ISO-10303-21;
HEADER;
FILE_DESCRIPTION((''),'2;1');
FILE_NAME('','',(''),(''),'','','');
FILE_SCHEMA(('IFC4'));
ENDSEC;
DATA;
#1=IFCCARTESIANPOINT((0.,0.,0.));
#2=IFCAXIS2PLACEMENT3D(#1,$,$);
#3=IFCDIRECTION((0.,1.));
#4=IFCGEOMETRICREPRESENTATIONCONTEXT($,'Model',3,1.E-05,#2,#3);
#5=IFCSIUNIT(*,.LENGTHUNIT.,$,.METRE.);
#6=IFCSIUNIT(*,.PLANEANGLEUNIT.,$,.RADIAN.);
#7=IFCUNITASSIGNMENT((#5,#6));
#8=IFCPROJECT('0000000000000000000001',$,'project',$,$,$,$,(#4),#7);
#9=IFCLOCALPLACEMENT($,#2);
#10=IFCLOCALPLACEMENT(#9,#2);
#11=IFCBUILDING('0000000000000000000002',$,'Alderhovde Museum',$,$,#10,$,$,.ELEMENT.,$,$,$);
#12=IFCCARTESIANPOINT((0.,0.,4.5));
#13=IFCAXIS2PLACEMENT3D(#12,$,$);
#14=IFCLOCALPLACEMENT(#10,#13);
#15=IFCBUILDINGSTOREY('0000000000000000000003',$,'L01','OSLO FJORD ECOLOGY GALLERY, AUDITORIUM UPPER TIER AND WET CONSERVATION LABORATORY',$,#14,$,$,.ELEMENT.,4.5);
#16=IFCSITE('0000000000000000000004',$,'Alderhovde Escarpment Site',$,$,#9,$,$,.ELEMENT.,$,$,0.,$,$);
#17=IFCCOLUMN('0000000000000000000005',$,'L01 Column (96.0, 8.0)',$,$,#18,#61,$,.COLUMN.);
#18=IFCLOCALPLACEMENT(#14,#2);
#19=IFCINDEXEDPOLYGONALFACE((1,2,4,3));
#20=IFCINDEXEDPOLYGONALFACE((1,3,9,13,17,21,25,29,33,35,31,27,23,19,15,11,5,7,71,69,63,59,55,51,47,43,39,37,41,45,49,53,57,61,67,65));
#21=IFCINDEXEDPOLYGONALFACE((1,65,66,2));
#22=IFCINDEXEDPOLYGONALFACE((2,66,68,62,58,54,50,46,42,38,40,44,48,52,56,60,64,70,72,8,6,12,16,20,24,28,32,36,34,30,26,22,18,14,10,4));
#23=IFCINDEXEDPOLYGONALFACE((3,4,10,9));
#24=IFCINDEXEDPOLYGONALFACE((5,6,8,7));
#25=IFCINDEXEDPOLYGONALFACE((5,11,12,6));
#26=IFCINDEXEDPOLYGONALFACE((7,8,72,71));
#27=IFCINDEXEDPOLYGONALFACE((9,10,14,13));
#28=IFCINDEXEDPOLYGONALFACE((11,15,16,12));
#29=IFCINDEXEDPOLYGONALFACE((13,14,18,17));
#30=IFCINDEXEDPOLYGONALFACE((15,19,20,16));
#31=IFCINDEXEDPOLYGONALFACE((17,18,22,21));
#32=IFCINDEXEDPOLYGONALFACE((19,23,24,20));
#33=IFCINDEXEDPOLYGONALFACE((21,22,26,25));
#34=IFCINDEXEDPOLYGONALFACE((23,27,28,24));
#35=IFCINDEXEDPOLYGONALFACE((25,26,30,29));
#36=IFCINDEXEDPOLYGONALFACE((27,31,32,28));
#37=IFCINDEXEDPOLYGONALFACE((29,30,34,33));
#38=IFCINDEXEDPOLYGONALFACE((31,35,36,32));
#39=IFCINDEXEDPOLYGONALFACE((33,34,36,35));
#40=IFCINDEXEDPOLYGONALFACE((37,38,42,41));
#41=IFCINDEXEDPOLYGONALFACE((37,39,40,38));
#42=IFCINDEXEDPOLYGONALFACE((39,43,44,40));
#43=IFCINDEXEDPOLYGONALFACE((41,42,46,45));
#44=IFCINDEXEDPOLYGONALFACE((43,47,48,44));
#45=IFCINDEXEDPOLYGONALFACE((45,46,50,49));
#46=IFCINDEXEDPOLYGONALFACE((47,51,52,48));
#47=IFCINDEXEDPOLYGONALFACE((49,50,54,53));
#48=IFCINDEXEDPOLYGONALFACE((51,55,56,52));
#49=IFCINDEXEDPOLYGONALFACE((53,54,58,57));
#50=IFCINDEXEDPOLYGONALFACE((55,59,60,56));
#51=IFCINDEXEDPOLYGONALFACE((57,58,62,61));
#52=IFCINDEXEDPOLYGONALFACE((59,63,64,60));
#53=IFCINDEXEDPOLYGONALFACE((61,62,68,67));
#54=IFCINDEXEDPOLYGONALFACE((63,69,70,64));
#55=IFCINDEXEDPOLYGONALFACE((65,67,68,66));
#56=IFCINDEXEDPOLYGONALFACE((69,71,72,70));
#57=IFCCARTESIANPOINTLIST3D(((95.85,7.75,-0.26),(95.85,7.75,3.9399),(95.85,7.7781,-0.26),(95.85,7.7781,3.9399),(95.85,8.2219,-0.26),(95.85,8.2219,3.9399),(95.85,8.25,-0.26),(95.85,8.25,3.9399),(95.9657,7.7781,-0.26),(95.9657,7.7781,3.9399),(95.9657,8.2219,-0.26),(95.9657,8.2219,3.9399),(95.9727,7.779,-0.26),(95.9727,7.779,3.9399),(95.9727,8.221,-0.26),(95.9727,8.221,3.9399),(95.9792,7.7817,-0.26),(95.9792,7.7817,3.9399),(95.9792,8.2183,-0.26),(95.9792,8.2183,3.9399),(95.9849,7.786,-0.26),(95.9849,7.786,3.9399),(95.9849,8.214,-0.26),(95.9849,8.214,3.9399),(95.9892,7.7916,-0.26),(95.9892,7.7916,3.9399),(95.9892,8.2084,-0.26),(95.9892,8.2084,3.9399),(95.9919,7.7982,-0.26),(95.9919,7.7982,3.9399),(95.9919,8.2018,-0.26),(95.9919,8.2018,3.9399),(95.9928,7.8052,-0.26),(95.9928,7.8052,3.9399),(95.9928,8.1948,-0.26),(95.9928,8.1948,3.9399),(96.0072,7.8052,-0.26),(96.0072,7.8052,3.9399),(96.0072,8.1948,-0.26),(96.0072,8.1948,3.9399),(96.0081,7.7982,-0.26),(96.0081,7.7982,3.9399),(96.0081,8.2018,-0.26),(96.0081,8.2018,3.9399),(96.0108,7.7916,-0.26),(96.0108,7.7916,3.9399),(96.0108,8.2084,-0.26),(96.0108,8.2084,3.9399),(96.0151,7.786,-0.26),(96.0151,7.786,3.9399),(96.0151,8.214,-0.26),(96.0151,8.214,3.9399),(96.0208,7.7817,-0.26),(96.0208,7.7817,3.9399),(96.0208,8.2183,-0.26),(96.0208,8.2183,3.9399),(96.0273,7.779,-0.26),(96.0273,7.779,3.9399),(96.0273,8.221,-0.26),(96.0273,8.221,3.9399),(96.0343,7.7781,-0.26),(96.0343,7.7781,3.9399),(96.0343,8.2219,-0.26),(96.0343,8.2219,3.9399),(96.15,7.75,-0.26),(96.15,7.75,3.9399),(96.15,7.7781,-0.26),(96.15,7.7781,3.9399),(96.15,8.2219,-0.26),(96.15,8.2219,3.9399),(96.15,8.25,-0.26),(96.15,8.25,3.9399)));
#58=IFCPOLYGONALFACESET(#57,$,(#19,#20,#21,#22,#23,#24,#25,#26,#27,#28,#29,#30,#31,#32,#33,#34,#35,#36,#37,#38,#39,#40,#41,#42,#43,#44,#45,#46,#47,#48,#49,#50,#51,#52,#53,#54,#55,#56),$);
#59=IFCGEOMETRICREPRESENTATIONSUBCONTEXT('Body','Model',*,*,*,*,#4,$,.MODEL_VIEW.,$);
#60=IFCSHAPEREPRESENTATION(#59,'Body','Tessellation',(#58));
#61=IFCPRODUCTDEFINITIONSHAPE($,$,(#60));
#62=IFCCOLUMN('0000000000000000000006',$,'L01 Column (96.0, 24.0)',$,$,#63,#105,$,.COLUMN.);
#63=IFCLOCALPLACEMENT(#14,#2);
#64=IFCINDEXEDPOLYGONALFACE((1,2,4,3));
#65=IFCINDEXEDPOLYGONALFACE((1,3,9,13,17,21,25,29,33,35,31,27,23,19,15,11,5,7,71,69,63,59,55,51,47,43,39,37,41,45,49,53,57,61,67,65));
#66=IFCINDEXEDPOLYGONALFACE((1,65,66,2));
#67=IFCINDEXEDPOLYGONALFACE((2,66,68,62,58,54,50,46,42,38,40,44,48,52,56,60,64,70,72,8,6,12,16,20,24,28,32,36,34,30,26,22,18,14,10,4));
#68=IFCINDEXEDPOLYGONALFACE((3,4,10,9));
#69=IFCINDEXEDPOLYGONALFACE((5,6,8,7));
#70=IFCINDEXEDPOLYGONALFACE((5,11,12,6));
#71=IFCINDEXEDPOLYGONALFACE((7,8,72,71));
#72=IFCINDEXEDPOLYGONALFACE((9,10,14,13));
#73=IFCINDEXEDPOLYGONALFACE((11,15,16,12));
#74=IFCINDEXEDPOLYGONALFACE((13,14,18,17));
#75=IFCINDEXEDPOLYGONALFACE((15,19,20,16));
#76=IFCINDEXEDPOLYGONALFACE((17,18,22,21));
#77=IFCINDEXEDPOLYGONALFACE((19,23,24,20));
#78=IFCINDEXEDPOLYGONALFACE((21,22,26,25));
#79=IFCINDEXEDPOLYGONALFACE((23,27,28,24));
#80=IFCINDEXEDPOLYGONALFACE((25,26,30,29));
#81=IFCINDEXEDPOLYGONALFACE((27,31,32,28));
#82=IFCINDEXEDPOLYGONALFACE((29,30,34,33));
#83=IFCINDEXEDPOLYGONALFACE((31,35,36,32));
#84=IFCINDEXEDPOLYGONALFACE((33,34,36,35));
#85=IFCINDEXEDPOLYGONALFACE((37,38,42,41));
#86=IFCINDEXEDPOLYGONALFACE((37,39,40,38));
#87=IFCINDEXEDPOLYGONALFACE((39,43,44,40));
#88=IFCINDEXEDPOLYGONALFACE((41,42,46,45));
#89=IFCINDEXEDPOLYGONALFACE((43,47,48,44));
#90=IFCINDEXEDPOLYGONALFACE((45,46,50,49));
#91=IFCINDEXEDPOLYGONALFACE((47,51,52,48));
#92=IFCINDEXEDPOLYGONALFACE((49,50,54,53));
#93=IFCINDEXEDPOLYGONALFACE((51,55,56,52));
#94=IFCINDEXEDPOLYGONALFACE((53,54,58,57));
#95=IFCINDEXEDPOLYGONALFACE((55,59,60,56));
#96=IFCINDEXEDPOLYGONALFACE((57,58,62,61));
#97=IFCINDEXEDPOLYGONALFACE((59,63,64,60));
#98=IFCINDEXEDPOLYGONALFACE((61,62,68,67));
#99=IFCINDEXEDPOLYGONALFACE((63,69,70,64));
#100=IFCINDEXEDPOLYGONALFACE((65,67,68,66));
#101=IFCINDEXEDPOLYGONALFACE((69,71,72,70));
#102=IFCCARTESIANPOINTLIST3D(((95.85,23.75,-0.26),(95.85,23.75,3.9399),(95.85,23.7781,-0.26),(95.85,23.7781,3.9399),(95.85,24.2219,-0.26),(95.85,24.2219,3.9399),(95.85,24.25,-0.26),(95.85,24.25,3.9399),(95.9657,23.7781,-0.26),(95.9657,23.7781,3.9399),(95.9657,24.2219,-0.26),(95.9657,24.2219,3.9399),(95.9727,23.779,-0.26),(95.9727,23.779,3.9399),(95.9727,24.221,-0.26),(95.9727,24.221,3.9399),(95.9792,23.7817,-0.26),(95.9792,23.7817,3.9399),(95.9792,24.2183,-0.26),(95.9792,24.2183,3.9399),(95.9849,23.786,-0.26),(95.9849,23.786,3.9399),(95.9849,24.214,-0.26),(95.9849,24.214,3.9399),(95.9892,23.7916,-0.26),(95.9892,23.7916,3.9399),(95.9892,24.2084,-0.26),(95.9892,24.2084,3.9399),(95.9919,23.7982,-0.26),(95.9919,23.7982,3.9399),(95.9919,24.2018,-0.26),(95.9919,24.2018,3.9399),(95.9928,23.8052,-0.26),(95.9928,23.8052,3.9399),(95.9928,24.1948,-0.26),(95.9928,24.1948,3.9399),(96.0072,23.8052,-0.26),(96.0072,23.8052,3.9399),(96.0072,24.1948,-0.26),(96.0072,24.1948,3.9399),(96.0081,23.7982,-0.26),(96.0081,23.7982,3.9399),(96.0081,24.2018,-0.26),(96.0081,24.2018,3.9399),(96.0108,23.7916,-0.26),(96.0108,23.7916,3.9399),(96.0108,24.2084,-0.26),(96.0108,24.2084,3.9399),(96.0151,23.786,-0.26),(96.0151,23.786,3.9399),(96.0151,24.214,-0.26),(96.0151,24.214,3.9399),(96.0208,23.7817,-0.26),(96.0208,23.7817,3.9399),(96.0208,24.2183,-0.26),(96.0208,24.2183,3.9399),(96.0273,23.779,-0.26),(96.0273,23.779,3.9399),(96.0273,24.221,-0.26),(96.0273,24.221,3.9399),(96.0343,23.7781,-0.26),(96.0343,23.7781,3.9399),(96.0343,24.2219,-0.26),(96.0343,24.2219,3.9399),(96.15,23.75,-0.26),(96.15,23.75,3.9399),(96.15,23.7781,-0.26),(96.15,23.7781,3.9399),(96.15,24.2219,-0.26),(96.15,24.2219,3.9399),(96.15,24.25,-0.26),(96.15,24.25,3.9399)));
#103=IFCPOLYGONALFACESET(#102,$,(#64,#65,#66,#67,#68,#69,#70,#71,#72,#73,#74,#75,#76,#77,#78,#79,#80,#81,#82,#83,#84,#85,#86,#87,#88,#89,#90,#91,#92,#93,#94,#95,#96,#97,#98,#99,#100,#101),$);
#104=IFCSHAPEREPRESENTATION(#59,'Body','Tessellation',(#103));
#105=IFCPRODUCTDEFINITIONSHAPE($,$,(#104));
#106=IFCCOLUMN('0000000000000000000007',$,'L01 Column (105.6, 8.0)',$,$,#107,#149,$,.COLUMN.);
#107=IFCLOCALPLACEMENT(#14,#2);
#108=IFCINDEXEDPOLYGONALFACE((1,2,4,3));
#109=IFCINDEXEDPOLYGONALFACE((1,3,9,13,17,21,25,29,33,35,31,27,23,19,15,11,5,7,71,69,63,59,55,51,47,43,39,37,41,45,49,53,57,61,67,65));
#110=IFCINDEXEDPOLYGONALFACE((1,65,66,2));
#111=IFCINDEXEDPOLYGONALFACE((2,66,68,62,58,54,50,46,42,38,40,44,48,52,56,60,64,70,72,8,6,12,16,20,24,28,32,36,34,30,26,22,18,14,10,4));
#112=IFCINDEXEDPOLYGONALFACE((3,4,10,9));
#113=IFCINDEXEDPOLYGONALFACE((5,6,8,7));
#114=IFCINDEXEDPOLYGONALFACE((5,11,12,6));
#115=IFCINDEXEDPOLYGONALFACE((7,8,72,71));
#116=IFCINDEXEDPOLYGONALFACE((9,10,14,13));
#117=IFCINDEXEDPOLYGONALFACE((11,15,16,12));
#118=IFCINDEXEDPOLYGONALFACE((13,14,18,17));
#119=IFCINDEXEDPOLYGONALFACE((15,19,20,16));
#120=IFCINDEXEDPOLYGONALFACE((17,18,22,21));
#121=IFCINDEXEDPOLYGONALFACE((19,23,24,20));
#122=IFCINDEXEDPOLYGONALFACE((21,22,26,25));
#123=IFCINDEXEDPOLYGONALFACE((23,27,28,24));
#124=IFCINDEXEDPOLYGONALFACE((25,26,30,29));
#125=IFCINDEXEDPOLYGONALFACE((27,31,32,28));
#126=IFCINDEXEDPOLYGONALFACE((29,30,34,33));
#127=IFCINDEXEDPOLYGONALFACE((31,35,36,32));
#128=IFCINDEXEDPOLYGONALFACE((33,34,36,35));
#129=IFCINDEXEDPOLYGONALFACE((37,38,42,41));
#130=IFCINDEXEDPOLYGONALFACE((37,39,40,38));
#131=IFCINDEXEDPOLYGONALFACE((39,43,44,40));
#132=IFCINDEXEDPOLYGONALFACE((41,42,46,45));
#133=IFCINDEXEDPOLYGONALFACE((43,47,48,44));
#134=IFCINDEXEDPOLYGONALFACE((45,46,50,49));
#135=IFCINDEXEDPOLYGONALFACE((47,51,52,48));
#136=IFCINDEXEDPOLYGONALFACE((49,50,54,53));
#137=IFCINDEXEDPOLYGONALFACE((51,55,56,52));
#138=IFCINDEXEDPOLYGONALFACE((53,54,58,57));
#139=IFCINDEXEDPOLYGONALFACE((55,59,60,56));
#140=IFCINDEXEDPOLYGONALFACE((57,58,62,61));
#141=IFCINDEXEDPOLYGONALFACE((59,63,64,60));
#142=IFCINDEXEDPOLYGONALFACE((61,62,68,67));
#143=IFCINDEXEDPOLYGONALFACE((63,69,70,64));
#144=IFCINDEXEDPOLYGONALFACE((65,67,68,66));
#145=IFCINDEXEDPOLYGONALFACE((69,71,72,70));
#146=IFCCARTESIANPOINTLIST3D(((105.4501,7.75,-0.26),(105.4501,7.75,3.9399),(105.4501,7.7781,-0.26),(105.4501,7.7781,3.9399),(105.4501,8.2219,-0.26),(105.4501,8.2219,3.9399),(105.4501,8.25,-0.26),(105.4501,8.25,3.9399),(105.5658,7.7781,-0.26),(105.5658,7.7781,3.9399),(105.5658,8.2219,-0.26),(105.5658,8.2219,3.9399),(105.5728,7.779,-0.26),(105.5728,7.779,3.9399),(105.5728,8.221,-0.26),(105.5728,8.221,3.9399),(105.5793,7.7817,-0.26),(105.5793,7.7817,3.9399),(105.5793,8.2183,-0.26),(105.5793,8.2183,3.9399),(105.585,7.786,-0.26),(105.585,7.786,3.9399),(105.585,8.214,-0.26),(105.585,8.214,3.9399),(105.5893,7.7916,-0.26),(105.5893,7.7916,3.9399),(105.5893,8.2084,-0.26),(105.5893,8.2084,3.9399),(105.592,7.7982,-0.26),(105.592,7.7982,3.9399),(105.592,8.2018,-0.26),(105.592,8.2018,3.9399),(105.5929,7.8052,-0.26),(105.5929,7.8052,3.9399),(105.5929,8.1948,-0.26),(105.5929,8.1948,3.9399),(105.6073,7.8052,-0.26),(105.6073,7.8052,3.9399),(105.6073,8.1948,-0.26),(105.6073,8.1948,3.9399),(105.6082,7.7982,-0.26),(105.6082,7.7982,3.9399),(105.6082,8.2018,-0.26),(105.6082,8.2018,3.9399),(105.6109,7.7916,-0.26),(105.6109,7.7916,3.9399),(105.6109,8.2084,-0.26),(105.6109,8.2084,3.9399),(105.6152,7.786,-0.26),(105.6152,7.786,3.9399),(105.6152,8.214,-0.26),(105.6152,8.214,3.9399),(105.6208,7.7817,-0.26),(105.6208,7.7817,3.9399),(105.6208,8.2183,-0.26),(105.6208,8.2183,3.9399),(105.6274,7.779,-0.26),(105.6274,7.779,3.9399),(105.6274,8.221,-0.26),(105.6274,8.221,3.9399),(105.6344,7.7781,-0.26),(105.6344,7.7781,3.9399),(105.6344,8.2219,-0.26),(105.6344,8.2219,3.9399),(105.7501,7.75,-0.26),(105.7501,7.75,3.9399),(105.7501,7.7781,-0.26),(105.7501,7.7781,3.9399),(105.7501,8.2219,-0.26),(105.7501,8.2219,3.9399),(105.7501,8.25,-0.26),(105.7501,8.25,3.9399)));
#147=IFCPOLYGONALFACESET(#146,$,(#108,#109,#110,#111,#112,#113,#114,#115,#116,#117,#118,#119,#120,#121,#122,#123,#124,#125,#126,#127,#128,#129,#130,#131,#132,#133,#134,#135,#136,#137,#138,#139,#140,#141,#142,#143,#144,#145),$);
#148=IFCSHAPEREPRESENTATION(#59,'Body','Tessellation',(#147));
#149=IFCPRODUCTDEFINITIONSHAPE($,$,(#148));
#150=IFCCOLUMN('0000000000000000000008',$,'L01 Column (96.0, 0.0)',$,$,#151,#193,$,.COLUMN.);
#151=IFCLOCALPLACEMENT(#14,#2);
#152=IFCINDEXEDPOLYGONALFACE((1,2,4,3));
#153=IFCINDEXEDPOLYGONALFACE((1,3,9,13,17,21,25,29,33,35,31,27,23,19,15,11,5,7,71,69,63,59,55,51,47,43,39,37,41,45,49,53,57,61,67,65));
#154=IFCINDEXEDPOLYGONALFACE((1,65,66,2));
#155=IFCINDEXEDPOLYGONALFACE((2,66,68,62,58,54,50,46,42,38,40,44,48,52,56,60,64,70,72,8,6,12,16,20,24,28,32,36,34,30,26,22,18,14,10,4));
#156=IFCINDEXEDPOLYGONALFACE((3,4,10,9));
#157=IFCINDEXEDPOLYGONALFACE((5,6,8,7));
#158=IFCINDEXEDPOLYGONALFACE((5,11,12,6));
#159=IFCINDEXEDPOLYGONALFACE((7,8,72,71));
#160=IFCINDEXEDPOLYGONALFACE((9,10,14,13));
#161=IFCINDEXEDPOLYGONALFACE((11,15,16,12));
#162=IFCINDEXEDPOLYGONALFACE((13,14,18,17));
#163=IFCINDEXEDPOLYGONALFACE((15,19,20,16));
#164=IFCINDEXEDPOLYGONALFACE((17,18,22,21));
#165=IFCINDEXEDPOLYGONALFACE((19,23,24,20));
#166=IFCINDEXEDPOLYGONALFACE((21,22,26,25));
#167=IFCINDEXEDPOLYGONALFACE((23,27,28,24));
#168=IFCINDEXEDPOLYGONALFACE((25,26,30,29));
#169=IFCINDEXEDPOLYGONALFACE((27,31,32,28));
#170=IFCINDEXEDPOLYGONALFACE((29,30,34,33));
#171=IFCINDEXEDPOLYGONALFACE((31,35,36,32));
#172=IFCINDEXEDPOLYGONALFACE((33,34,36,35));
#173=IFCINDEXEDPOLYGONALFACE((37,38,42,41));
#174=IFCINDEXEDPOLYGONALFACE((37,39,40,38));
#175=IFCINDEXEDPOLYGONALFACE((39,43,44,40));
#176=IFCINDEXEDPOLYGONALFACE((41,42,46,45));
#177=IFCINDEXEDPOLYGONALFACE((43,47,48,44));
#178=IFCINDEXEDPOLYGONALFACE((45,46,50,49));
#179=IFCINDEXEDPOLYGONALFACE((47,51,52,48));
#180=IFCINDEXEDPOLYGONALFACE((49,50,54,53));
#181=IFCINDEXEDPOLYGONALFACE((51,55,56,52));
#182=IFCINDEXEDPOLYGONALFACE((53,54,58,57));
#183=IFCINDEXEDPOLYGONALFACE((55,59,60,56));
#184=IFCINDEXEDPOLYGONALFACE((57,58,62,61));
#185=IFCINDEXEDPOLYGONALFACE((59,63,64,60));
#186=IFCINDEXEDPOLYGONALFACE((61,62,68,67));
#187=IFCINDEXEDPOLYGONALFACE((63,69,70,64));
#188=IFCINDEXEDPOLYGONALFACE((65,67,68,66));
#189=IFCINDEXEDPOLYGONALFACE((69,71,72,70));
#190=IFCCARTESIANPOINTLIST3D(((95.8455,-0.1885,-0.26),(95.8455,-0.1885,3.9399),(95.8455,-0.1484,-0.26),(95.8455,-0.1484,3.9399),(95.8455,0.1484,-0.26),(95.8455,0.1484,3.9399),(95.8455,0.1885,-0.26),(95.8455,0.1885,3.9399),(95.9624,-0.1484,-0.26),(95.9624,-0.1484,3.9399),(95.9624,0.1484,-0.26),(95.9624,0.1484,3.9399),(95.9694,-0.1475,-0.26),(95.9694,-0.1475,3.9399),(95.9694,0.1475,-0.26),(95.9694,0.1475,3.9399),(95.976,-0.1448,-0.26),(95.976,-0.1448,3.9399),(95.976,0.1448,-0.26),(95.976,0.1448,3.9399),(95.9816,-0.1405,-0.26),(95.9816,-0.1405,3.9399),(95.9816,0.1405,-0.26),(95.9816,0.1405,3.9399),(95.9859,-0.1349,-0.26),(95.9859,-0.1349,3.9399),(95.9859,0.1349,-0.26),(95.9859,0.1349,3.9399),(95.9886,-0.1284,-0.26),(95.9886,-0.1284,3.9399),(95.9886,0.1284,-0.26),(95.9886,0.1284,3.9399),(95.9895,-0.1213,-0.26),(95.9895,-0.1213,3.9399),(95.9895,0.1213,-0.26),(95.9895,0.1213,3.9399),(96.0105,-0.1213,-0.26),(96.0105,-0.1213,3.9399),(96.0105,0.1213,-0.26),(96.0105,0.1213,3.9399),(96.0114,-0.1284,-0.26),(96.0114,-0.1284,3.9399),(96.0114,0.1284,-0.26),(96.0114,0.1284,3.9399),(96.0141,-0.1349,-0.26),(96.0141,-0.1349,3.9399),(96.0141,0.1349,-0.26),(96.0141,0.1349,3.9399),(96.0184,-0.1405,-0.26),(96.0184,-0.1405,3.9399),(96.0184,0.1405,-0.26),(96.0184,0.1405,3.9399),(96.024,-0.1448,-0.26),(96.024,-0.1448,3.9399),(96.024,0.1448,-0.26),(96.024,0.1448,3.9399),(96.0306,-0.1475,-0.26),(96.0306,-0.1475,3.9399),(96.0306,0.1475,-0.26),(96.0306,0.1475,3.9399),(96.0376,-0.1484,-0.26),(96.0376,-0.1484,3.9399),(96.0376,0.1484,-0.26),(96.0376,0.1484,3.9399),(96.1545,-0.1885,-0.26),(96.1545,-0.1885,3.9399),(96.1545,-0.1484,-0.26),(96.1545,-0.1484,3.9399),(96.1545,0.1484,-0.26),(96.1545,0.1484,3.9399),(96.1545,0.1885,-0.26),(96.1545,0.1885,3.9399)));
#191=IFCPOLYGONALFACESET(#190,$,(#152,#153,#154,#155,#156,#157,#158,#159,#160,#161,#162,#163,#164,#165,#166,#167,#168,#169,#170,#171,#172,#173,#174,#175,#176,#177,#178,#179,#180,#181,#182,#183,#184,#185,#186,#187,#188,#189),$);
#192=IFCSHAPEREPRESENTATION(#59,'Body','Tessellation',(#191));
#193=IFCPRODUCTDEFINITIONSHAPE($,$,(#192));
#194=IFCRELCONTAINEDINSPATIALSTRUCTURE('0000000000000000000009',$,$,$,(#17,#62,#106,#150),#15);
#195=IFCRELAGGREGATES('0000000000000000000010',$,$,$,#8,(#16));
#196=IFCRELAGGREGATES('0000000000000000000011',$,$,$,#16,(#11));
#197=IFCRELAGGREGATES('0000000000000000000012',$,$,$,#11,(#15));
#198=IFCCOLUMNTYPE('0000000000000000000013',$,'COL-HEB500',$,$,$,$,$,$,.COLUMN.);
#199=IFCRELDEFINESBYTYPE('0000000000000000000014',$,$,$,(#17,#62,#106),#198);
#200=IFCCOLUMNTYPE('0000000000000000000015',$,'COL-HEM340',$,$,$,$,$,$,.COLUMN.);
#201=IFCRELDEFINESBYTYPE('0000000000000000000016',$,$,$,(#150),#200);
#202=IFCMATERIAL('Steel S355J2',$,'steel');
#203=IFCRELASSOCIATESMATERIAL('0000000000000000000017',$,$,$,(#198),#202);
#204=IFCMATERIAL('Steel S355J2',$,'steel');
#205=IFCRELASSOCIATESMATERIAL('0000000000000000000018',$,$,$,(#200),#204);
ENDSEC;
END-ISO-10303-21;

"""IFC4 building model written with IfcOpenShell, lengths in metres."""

from ifc_helpers import new_model, si_unit, direction, frame, origin, origin_2d, place, context, subcontext, project, spatial, i_section, extrude, material, material_profile, profile_set, type_object, element, save


model = new_model("IFC4")

# Units and contexts
model_context = context("Model", 3, precision=1e-05, world=origin(), true_north=direction((0.0, 1.0)))
body_context = subcontext(model_context, "Body", "Model", "MODEL_VIEW")
ifc_project = project(units=[si_unit("LENGTHUNIT", "METRE"), si_unit("PLANEANGLEUNIT", "RADIAN")], contexts=[model_context])

# Site, building, storey
site_placement = place(None, origin())
site = spatial("IfcSite", under=ifc_project, at=site_placement, Name="Alderhovde Escarpment Site", CompositionType="ELEMENT", RefElevation=0.0)
building_placement = place(site_placement, origin())
building = spatial("IfcBuilding", under=site, at=building_placement, Name="Alderhovde Museum", CompositionType="ELEMENT")
storey_placement = place(building_placement, frame((0.0, 0.0, 4.5)))
storey = spatial("IfcBuildingStorey", under=building, at=storey_placement, Name="L01", Description="OSLO FJORD ECOLOGY GALLERY, AUDITORIUM UPPER TIER AND WET CONSERVATION LABORATORY", CompositionType="ELEMENT", Elevation=4.5)

# Columns
ifc_material_1 = material(Name="Steel S355J2", Category="steel")
ifc_material_profile_1 = material_profile(ifc_material_1, i_section(OverallWidth=0.3, OverallDepth=0.5, WebThickness=0.0144, FlangeThickness=0.0281, FilletRadius=0.0271, at=origin_2d()), Name="HEB 500")
ifc_profile_set_1 = profile_set([ifc_material_profile_1], Name="Steel S355J2")
column_type_1 = type_object("IfcColumnType", Name="COL-HEB500", PredefinedType="COLUMN", material=ifc_profile_set_1)
for number, where, z_axis, x_axis, name in (
    (1, (96.0, 8.0, -0.26), (0.0, 0.0, 1.0), (1.0, 0.0, 0.0), "L01 Column (96.0, 8.0)"),
    (2, (96.0, 24.0, -0.26), (0.0, 0.0, 1.0), (1.0, 0.0, 0.0), "L01 Column (96.0, 24.0)"),
    (3, (105.6001, 8.0, -0.26), (0.0, 0.0, 1.0), (1.0, 0.0, 0.0), "L01 Column (105.6, 8.0)"),
):
    element("IfcColumn", number, at=place(storey_placement, frame(where, z_axis=z_axis, x_axis=x_axis)), inside=storey, type_object=column_type_1, Name=name, PredefinedType="COLUMN", context=body_context, shape_type="SweptSolid", body=[
        extrude(i_section(OverallWidth=0.3, OverallDepth=0.5, WebThickness=0.0144, FlangeThickness=0.0281, FilletRadius=0.0271, at=origin_2d()), origin(), (0.0, 0.0, 1.0), 4.2),
    ])
ifc_material_2 = material(Name="Steel S355J2", Category="steel")
ifc_material_profile_2 = material_profile(ifc_material_2, i_section(OverallWidth=0.3091, OverallDepth=0.377, WebThickness=0.021, FlangeThickness=0.04, FilletRadius=0.0271, at=origin_2d()), Name="HEM 340")
ifc_profile_set_2 = profile_set([ifc_material_profile_2], Name="Steel S355J2")
column_type_2 = type_object("IfcColumnType", Name="COL-HEM340", PredefinedType="COLUMN", material=ifc_profile_set_2)
for number, where, z_axis, x_axis, name in (
    (4, (96.0, 0.0, -0.26), (0.0, 0.0, 1.0), (1.0, 0.0, 0.0), "L01 Column (96.0, 0.0)"),
):
    element("IfcColumn", number, at=place(storey_placement, frame(where, z_axis=z_axis, x_axis=x_axis)), inside=storey, type_object=column_type_2, Name=name, PredefinedType="COLUMN", context=body_context, shape_type="SweptSolid", body=[
        extrude(i_section(OverallWidth=0.3091, OverallDepth=0.377, WebThickness=0.021, FlangeThickness=0.04, FilletRadius=0.0271, at=origin_2d()), origin(), (0.0, 0.0, 1.0), 4.2),
    ])

save(model, "model.ifc")
